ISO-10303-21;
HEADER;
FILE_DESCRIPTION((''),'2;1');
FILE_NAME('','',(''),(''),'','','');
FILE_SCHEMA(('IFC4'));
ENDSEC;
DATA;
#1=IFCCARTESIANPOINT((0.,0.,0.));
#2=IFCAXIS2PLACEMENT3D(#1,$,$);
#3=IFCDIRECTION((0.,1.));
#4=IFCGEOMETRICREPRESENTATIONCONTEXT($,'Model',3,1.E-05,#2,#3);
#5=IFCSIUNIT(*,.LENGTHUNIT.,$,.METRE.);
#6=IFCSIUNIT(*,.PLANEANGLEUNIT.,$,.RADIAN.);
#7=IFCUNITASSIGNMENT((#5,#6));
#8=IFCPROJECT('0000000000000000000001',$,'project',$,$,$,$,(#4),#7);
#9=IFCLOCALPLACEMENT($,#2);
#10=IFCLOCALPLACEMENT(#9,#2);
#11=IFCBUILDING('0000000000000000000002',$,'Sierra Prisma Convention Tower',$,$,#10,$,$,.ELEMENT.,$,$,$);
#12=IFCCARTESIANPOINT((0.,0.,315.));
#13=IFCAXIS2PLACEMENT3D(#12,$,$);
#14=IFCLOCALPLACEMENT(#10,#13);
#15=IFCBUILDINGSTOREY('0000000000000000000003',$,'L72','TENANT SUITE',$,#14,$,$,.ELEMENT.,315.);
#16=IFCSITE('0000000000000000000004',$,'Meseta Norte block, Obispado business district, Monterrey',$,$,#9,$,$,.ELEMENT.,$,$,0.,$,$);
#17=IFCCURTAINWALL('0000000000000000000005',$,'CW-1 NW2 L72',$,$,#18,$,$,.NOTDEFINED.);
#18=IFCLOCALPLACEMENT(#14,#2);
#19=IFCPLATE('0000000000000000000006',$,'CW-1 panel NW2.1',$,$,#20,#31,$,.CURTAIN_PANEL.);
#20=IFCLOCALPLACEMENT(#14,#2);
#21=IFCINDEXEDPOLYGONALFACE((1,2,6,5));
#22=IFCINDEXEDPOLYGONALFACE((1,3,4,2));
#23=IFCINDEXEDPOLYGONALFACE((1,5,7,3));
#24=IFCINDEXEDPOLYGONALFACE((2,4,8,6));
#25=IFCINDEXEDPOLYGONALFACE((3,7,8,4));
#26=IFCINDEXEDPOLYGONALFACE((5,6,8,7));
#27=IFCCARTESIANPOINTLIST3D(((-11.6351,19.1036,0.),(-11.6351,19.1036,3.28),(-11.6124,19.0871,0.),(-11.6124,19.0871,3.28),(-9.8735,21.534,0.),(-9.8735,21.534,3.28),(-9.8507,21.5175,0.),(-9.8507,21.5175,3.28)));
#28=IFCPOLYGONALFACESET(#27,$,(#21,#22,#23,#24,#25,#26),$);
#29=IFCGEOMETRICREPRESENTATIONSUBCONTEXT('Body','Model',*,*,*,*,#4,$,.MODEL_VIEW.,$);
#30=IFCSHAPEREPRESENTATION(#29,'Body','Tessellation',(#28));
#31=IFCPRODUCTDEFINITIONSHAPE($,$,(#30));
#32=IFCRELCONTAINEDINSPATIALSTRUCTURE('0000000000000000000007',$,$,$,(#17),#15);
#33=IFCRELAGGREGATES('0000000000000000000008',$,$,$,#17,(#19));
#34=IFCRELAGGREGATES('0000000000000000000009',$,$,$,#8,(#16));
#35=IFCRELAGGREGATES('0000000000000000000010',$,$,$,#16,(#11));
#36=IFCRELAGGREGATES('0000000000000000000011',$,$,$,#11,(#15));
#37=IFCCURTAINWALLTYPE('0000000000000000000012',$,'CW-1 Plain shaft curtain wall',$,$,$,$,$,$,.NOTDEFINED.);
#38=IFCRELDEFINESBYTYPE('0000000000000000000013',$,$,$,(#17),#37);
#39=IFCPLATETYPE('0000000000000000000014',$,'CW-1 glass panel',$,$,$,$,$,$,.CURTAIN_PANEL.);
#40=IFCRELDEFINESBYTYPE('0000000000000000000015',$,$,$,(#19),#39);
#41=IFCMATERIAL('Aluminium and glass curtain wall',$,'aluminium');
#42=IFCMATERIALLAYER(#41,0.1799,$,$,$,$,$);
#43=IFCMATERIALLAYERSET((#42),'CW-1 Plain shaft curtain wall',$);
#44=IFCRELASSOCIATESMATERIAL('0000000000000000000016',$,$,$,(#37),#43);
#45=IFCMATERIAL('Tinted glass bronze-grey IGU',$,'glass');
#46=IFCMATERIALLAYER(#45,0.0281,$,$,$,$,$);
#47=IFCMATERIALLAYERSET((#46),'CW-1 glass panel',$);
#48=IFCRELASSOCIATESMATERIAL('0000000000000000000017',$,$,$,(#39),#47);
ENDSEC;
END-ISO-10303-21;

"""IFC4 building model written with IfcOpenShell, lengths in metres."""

from ifc_helpers import new_model, si_unit, direction, frame, origin, origin_2d, place, context, subcontext, project, spatial, rectangle, extrude, material, layer, layer_set, type_object, element, aggregate, save


model = new_model("IFC4")

# Units and contexts
model_context = context("Model", 3, precision=1e-05, world=origin(), true_north=direction((0.0, 1.0)))
body_context = subcontext(model_context, "Body", "Model", "MODEL_VIEW")
ifc_project = project(units=[si_unit("LENGTHUNIT", "METRE"), si_unit("PLANEANGLEUNIT", "RADIAN")], contexts=[model_context])

# Site, building, storey
site_placement = place(None, origin())
site = spatial("IfcSite", under=ifc_project, at=site_placement, Name="Meseta Norte block, Obispado business district, Monterrey", CompositionType="ELEMENT", RefElevation=0.0)
building_placement = place(site_placement, origin())
building = spatial("IfcBuilding", under=site, at=building_placement, Name="Sierra Prisma Convention Tower", CompositionType="ELEMENT")
storey_placement = place(building_placement, frame((0.0, 0.0, 315.0)))
storey = spatial("IfcBuildingStorey", under=building, at=storey_placement, Name="L72", Description="TENANT SUITE", CompositionType="ELEMENT", Elevation=315.0)

# Shared definitions
ifc_material_1 = material(Name="Aluminium and glass curtain wall", Category="aluminium")
ifc_layer_1 = layer(ifc_material_1, 0.1799)
ifc_layer_set_1 = layer_set([ifc_layer_1], Name="CW-1 Plain shaft curtain wall")
curtain_wall_type = type_object("IfcCurtainWallType", Name="CW-1 Plain shaft curtain wall", PredefinedType="NOTDEFINED", material=ifc_layer_set_1)

# Curtain wall
curtain_wall_1_placement = place(storey_placement, origin())
curtain_wall_1 = element("IfcCurtainWall", 1, at=curtain_wall_1_placement, inside=storey, type_object=curtain_wall_type, Name="CW-1 NW2 L72", PredefinedType="NOTDEFINED")

# Shared definitions
ifc_material_2 = material(Name="Tinted glass bronze-grey IGU", Category="glass")
ifc_layer_2 = layer(ifc_material_2, 0.0281)
ifc_layer_set_2 = layer_set([ifc_layer_2], Name="CW-1 glass panel")
plate_type = type_object("IfcPlateType", Name="CW-1 glass panel", PredefinedType="CURTAIN_PANEL", material=ifc_layer_set_2)

# Plate
plate_1_placement = place(storey_placement, frame((-10.7429, 20.3105, 0.0), z_axis=(0.0, 0.0, 1.0), x_axis=(-0.58689, -0.809667, 0.0)))
plate_1 = element("IfcPlate", 2, at=plate_1_placement, type_object=plate_type, Name="CW-1 panel NW2.1", PredefinedType="CURTAIN_PANEL", context=body_context, shape_type="SweptSolid", body=[
    extrude(rectangle(XDim=3.0017, YDim=0.0281, at=origin_2d()), origin(), (0.0, 0.0, 1.0), 3.28),
])
aggregate(curtain_wall_1, [plate_1])

save(model, "model.ifc")
